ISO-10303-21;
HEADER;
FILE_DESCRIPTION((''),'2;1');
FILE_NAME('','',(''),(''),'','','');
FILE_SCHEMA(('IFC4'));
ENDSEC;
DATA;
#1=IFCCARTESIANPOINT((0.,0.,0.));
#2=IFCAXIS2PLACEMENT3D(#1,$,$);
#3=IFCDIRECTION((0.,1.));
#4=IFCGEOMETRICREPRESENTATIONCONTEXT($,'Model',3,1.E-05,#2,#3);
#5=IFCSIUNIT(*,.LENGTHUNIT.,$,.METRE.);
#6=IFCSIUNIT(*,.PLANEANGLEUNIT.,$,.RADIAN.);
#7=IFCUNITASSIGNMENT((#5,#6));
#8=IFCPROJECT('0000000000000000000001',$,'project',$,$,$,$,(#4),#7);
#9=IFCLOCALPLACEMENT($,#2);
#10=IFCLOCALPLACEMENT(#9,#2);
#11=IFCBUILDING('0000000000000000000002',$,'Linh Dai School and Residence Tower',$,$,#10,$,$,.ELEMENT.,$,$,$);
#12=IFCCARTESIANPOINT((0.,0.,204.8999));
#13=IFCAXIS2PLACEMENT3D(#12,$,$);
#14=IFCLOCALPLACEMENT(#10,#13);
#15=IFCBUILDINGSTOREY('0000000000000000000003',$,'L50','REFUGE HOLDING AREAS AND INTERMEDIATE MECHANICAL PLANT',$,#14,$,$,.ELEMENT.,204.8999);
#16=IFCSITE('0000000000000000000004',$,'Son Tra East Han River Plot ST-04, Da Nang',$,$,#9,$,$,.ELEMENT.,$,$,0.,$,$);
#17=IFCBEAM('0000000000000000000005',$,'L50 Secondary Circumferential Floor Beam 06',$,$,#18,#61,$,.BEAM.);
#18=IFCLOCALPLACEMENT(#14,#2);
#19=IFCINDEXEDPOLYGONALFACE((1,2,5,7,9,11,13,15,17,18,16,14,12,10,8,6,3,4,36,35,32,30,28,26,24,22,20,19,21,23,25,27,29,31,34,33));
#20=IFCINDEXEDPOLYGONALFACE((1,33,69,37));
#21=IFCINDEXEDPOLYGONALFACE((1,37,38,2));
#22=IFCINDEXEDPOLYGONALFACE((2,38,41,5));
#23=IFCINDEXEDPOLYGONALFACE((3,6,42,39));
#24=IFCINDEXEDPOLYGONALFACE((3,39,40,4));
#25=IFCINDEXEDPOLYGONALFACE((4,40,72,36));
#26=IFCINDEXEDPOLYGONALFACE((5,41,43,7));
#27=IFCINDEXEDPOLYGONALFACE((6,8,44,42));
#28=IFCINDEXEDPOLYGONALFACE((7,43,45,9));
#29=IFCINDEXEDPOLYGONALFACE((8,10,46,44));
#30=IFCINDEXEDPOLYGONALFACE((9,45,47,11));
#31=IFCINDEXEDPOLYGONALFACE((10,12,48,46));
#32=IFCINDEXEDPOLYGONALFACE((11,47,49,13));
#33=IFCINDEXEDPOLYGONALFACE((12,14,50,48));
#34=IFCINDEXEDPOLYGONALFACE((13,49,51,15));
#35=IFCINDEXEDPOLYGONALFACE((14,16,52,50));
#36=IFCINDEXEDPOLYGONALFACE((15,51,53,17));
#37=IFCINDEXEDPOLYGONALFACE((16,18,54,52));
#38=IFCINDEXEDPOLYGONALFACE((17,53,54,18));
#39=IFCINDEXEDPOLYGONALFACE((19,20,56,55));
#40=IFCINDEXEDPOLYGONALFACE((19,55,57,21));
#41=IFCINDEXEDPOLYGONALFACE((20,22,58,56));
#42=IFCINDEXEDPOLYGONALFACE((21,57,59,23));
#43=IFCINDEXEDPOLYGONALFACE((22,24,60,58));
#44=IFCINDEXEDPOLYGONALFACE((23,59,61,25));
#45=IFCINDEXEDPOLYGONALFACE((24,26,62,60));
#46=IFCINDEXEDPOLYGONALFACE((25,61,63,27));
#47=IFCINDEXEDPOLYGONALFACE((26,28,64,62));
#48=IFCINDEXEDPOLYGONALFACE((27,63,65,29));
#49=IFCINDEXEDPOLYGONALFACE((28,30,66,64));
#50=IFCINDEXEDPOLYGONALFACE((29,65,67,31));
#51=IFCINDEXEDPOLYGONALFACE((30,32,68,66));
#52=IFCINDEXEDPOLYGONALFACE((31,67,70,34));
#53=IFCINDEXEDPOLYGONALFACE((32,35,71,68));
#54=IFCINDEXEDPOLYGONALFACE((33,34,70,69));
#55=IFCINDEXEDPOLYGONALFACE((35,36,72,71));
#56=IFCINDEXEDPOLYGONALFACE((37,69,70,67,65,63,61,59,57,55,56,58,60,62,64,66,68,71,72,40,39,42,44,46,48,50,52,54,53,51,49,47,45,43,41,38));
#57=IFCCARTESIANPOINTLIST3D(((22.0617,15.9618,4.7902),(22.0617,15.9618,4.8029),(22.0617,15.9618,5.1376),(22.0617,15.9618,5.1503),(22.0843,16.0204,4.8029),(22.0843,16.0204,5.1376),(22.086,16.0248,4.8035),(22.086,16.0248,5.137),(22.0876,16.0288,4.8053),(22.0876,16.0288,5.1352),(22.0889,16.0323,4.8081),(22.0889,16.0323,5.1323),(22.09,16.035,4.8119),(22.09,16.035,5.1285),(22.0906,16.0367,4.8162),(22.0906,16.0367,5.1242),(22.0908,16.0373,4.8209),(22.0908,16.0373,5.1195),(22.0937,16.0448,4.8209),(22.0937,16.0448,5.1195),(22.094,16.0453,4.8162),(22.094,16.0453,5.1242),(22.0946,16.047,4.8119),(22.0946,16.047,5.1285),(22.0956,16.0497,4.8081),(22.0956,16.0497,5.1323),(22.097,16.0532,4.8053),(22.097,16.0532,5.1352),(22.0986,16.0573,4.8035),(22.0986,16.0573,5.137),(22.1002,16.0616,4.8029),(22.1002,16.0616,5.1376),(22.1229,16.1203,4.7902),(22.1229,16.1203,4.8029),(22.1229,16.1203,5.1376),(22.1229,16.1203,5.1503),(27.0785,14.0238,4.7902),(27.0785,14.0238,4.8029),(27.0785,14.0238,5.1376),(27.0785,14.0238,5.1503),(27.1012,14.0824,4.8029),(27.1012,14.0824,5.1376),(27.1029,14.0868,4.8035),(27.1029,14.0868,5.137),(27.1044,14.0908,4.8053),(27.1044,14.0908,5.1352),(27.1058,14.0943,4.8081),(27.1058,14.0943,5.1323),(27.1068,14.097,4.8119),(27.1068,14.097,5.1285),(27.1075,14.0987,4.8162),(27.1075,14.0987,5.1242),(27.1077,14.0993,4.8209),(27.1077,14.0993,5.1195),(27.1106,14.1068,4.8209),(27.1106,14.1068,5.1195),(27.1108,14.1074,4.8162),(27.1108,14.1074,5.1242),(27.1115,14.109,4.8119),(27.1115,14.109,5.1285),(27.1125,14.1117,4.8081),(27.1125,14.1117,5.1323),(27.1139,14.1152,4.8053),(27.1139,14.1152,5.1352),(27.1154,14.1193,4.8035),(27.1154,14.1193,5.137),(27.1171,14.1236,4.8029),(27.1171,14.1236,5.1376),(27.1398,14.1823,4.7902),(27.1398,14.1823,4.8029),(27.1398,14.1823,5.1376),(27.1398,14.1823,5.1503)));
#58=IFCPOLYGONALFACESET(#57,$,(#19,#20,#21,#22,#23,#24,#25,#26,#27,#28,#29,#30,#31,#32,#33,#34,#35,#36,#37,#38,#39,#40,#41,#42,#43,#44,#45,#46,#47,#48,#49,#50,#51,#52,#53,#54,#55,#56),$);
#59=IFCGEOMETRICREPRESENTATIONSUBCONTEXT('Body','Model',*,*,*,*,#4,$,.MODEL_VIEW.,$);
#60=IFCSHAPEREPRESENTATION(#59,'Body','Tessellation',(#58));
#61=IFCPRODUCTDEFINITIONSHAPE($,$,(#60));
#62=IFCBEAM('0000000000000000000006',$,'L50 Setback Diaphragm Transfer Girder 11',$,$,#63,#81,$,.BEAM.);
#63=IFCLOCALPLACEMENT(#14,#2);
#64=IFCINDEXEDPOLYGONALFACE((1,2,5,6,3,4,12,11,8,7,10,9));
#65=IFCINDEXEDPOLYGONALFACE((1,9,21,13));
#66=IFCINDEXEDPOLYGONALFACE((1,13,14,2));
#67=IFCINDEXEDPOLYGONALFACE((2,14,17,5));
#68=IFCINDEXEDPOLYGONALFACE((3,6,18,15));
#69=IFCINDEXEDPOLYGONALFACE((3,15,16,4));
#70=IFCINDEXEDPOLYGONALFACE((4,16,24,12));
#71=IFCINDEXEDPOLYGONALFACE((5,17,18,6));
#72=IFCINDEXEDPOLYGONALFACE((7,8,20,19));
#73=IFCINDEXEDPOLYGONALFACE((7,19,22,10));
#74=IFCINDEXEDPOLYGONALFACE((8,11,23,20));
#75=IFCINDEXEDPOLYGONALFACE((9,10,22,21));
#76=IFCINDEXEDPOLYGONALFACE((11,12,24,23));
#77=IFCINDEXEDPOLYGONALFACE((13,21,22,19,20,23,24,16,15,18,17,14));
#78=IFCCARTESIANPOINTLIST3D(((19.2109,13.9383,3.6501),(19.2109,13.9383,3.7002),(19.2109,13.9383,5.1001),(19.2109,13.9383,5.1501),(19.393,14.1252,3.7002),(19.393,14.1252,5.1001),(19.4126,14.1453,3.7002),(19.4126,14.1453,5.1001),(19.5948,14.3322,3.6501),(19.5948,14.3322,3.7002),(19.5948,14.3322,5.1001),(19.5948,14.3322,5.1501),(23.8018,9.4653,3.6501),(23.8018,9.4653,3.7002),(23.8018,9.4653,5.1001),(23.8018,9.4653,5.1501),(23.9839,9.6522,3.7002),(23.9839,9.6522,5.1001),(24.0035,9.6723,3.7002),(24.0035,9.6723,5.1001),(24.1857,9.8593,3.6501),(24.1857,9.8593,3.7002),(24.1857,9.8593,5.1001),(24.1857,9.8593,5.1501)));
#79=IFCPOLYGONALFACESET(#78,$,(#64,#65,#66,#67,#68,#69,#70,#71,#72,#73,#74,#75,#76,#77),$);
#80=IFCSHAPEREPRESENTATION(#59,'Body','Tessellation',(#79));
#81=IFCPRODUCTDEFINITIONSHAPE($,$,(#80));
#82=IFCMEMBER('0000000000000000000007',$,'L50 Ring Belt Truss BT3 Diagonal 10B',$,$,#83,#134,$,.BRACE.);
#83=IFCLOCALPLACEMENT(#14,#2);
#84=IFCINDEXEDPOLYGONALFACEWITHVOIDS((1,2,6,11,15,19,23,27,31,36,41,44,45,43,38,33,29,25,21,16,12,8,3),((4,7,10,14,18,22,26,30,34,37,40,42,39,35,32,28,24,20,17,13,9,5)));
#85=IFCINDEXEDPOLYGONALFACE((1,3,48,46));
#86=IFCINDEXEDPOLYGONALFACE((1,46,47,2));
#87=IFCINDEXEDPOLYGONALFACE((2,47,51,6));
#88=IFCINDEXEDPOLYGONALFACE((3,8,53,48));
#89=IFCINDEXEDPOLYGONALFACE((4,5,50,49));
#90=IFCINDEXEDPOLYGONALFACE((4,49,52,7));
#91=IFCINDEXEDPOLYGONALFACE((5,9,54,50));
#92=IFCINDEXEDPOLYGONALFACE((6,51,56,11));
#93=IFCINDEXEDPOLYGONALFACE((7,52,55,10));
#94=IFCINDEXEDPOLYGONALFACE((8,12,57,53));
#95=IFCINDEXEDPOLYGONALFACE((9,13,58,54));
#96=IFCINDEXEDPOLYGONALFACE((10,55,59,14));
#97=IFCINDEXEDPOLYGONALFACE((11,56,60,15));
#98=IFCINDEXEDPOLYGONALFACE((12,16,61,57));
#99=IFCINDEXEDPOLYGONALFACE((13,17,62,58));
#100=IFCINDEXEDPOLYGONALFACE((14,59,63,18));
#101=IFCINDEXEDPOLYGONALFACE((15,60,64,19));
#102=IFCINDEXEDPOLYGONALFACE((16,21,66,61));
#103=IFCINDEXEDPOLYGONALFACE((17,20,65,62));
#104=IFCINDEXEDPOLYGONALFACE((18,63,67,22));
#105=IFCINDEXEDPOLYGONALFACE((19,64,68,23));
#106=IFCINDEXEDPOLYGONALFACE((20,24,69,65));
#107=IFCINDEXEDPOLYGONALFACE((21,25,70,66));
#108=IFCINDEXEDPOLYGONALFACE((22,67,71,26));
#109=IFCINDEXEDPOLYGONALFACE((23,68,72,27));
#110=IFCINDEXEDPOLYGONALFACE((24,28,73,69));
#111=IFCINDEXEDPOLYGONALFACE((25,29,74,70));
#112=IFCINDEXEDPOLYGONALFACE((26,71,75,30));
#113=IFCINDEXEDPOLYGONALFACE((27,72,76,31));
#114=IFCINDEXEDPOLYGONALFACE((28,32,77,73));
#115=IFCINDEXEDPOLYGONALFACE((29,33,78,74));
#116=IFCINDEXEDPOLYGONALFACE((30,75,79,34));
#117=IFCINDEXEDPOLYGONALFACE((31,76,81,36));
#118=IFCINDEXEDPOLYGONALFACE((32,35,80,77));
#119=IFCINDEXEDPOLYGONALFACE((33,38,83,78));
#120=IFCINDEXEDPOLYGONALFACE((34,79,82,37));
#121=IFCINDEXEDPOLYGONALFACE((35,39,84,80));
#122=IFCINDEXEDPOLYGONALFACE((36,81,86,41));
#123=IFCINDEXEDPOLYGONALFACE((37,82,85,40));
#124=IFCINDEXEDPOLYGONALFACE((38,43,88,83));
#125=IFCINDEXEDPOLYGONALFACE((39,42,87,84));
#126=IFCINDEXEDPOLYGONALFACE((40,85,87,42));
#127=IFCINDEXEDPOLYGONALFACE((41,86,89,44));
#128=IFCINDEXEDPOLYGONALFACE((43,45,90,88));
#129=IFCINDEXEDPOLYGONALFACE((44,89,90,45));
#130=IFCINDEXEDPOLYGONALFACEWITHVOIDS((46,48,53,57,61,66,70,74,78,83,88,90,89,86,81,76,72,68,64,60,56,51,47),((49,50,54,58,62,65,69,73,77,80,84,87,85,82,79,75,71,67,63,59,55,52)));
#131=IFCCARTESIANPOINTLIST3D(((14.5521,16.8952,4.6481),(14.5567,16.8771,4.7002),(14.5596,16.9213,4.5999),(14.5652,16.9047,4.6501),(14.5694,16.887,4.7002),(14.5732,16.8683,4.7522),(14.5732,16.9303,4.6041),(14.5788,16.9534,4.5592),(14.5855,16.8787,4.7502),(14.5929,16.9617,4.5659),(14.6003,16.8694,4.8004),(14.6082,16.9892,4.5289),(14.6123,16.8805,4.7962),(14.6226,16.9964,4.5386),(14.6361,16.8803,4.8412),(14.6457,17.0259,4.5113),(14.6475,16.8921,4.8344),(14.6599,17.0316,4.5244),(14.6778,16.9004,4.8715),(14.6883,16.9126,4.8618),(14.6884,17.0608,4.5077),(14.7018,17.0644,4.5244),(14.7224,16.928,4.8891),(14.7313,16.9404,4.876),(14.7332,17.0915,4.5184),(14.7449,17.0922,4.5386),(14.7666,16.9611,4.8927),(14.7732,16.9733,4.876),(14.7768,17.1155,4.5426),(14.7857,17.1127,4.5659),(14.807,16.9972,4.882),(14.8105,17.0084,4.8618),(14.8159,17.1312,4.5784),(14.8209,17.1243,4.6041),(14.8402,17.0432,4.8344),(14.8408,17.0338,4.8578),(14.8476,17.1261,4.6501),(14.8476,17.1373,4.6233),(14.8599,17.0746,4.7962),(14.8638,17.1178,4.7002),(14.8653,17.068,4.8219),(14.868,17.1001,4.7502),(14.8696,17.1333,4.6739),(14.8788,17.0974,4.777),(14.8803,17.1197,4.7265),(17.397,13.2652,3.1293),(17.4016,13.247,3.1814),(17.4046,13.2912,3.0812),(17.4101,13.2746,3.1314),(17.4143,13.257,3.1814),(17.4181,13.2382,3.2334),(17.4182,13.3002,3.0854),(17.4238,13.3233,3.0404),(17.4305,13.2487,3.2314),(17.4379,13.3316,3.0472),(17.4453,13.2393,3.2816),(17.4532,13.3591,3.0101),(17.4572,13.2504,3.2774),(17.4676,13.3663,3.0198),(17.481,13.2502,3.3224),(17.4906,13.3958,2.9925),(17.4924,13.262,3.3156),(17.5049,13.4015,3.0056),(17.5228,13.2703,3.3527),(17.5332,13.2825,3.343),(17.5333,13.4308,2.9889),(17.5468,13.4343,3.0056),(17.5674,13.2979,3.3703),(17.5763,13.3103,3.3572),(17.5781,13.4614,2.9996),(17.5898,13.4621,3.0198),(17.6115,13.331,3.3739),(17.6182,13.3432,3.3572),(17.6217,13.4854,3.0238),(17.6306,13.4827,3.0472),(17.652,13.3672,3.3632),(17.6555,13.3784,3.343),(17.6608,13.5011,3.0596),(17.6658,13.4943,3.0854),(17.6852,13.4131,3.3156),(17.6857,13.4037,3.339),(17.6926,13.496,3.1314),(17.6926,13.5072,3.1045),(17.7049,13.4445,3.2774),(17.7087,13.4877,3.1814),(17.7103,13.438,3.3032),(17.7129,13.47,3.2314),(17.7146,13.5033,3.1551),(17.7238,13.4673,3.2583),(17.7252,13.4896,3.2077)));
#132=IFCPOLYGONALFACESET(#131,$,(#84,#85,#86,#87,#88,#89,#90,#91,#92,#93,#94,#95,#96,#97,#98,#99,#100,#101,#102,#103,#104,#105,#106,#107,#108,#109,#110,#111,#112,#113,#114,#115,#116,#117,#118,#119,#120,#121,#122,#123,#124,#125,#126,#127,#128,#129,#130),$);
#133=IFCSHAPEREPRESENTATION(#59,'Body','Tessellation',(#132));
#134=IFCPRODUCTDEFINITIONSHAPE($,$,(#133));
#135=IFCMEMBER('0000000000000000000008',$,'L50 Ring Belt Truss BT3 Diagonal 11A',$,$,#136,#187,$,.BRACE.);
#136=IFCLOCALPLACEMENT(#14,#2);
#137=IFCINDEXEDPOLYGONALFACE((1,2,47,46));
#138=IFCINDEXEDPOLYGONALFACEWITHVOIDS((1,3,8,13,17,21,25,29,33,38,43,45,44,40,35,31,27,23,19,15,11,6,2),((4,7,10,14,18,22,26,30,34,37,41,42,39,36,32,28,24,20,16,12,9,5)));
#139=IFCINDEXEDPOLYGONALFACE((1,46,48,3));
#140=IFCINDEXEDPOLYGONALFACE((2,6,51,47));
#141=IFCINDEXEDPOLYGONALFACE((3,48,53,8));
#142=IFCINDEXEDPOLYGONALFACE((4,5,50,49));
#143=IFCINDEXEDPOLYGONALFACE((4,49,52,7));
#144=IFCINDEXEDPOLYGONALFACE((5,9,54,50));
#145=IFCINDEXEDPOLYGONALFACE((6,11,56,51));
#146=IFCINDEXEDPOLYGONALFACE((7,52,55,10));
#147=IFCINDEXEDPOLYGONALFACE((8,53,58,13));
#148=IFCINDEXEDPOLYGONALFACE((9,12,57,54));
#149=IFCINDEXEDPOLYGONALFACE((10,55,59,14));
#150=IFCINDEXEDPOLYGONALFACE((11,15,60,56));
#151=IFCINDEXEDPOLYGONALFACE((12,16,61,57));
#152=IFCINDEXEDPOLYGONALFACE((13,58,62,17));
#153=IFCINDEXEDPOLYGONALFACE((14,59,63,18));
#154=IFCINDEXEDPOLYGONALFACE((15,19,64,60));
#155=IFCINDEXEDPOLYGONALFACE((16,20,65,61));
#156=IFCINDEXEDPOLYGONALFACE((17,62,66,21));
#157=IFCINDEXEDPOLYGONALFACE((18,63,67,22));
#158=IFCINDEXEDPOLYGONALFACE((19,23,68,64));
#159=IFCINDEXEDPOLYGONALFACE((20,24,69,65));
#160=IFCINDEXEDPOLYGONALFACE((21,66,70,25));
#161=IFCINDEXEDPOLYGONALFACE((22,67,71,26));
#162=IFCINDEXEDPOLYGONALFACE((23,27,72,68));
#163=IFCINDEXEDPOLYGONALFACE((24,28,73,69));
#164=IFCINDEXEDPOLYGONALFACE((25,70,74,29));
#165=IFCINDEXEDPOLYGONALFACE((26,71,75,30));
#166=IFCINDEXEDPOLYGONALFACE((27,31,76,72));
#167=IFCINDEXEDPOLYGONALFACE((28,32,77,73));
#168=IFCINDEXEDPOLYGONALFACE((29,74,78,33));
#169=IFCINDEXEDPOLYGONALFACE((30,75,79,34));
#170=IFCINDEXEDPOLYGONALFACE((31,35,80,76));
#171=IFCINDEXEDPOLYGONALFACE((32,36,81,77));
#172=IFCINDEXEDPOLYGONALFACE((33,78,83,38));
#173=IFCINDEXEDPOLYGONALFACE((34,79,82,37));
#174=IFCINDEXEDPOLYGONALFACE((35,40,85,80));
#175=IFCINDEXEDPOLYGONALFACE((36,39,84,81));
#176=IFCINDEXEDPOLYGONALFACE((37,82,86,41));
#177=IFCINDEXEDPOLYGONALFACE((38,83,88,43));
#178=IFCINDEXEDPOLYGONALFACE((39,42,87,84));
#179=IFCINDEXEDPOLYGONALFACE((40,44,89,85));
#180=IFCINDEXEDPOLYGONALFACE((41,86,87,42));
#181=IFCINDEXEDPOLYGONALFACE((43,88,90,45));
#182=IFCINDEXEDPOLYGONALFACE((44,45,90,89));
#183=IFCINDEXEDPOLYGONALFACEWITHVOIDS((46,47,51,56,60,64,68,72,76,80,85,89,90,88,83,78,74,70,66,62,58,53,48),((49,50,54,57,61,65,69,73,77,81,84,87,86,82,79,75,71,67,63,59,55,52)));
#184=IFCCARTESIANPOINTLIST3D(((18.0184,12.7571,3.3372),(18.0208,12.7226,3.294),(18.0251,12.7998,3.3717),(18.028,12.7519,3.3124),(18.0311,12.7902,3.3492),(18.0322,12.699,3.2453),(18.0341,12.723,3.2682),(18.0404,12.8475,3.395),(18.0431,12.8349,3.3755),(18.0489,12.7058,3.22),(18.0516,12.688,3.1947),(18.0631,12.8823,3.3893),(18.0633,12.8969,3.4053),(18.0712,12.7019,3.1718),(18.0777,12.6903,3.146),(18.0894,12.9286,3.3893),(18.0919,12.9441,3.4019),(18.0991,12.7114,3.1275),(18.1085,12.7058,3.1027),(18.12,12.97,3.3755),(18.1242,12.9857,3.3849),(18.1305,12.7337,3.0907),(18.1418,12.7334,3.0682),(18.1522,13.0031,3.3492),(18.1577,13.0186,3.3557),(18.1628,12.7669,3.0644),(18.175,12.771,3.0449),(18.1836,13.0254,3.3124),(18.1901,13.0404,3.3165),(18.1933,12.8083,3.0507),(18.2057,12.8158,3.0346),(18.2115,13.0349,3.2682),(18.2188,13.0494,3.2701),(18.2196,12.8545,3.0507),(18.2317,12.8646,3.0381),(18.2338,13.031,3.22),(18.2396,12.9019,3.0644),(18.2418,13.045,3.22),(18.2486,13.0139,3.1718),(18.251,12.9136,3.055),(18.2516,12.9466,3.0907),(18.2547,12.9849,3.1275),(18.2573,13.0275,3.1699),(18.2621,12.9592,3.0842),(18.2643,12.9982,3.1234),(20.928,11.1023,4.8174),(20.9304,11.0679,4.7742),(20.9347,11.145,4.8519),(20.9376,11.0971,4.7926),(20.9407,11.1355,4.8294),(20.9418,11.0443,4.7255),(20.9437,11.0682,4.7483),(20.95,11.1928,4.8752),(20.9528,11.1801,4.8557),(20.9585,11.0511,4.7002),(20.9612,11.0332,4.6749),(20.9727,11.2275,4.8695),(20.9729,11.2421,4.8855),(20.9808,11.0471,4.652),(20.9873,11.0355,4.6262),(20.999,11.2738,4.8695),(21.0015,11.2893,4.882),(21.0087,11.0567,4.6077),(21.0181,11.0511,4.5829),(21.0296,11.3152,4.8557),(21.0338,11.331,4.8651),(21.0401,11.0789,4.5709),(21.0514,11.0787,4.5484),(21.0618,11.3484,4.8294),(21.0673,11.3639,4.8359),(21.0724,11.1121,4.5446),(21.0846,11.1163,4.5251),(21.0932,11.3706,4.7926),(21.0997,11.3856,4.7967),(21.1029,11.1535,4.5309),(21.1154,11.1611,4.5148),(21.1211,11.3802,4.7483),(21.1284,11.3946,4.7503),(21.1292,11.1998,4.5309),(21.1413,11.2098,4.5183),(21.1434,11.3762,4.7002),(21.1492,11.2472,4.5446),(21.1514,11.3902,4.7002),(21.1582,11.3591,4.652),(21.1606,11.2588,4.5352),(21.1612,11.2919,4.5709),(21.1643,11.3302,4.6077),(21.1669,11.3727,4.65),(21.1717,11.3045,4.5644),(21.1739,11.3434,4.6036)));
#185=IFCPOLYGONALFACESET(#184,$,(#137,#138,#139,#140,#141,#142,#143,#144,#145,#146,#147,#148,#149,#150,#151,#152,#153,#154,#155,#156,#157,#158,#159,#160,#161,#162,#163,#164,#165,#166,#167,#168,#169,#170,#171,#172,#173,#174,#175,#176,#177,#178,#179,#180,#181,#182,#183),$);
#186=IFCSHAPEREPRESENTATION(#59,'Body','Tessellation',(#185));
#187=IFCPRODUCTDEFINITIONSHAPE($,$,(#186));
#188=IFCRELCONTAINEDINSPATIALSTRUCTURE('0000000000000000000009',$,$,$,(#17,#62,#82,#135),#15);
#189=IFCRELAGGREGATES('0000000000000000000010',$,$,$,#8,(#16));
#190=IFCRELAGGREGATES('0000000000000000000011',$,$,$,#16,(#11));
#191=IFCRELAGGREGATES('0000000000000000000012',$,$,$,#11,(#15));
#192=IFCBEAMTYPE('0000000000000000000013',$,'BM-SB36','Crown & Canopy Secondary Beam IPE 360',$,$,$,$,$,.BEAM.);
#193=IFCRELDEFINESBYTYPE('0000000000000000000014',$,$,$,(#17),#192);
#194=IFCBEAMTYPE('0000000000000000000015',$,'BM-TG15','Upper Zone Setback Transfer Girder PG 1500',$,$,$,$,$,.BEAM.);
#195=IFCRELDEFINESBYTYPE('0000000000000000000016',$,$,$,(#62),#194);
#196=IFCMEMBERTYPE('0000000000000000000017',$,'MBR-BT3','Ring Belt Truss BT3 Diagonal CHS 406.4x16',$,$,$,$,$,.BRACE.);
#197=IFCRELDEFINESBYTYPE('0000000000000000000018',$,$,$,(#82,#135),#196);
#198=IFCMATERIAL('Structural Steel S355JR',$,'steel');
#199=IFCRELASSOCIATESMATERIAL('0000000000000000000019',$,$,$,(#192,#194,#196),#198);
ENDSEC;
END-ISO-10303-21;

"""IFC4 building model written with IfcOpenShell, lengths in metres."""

from ifc_helpers import new_model, si_unit, direction, frame, origin, origin_2d, place, context, subcontext, project, spatial, hollow_circle, i_section, extrude, material, material_profile, profile_set, type_object, element, save


model = new_model("IFC4")

# Units and contexts
model_context = context("Model", 3, precision=1e-05, world=origin(), true_north=direction((0.0, 1.0)))
body_context = subcontext(model_context, "Body", "Model", "MODEL_VIEW")
ifc_project = project(units=[si_unit("LENGTHUNIT", "METRE"), si_unit("PLANEANGLEUNIT", "RADIAN")], contexts=[model_context])

# Site, building, storey
site_placement = place(None, origin())
site = spatial("IfcSite", under=ifc_project, at=site_placement, Name="Son Tra East Han River Plot ST-04, Da Nang", CompositionType="ELEMENT", RefElevation=0.0)
building_placement = place(site_placement, origin())
building = spatial("IfcBuilding", under=site, at=building_placement, Name="Linh Dai School and Residence Tower", CompositionType="ELEMENT")
storey_placement = place(building_placement, frame((0.0, 0.0, 204.8999)))
storey = spatial("IfcBuildingStorey", under=building, at=storey_placement, Name="L50", Description="REFUGE HOLDING AREAS AND INTERMEDIATE MECHANICAL PLANT", CompositionType="ELEMENT", Elevation=204.8999)

# Shared definitions
ifc_material_1 = material(Name="Structural Steel S355JR", Category="steel")

# Beams
ifc_material_profile_1 = material_profile(ifc_material_1, i_section(OverallWidth=0.1699, OverallDepth=0.3601, WebThickness=0.0081, FlangeThickness=0.0127, FilletRadius=0.0181, at=origin_2d()), Name="IPE 360")
ifc_profile_set_1 = profile_set([ifc_material_profile_1], Name="Structural Steel S355JR")
beam_type_1 = type_object("IfcBeamType", Name="BM-SB36", Description="Crown & Canopy Secondary Beam IPE 360", PredefinedType="BEAM", material=ifc_profile_set_1)
beam_1_placement = place(storey_placement, frame((22.0923, 16.041, 4.9702), z_axis=(0.932819, -0.360345, 0.0), x_axis=(0.360345, 0.932819, 0.0)))
element("IfcBeam", 1, at=beam_1_placement, inside=storey, type_object=beam_type_1, Name="L50 Secondary Circumferential Floor Beam 06", PredefinedType="BEAM", context=body_context, shape_type="SweptSolid", body=[
    extrude(i_section(OverallWidth=0.1699, OverallDepth=0.3601, WebThickness=0.0081, FlangeThickness=0.0127, FilletRadius=0.0181, at=origin_2d()), origin(), (0.0, 0.0, 1.0), 5.3782),
])
ifc_material_profile_2 = material_profile(ifc_material_1, i_section(OverallWidth=0.55, OverallDepth=1.5, WebThickness=0.0281, FlangeThickness=0.05, at=origin_2d()), Name="PG 1500x550x28x50")
ifc_profile_set_2 = profile_set([ifc_material_profile_2], Name="Structural Steel S355JR")
beam_type_2 = type_object("IfcBeamType", Name="BM-TG15", Description="Upper Zone Setback Transfer Girder PG 1500", PredefinedType="BEAM", material=ifc_profile_set_2)
beam_2_placement = place(storey_placement, frame((19.4028, 14.1353, 4.4001), z_axis=(0.716246, -0.697848, 0.0), x_axis=(0.697848, 0.716246, 0.0)))
element("IfcBeam", 2, at=beam_2_placement, inside=storey, type_object=beam_type_2, Name="L50 Setback Diaphragm Transfer Girder 11", PredefinedType="BEAM", context=body_context, shape_type="SweptSolid", body=[
    extrude(i_section(OverallWidth=0.55, OverallDepth=1.5, WebThickness=0.0281, FlangeThickness=0.05, at=origin_2d()), origin(), (0.0, 0.0, 1.0), 6.4097),
])

# Members
ifc_material_profile_3 = material_profile(ifc_material_1, hollow_circle(Radius=0.2031, WallThickness=0.0161, at=origin_2d()), Name="CHS 406.4x16")
ifc_profile_set_3 = profile_set([ifc_material_profile_3], Name="Structural Steel S355JR")
member_type_1 = type_object("IfcMemberType", Name="MBR-BT3", Description="Ring Belt Truss BT3 Diagonal CHS 406.4x16", PredefinedType="BRACE", material=ifc_profile_set_3)
member_1_placement = place(storey_placement, frame((17.5615, 13.3723, 3.1814), z_axis=(-0.585896, 0.747592, 0.312783), x_axis=(-0.787084, -0.616846, 0.0)))
element("IfcMember", 3, at=member_1_placement, inside=storey, type_object=member_type_1, Name="L50 Ring Belt Truss BT3 Diagonal 10B", PredefinedType="BRACE", context=body_context, shape_type="SweptSolid", body=[
    extrude(hollow_circle(Radius=0.2031, WallThickness=0.0161, at=origin_2d()), origin(), (0.0, 0.0, 1.0), 4.8557),
])
member_2_placement = place(storey_placement, frame((18.1414, 12.8684, 3.22), z_axis=(0.794993, -0.452128, 0.404434), x_axis=(0.494363, 0.869256, 0.0)))
element("IfcMember", 4, at=member_2_placement, inside=storey, type_object=member_type_1, Name="L50 Ring Belt Truss BT3 Diagonal 11A", PredefinedType="BRACE", context=body_context, shape_type="SweptSolid", body=[
    extrude(hollow_circle(Radius=0.2031, WallThickness=0.0161, at=origin_2d()), origin(), (0.0, 0.0, 1.0), 3.6599),
])

save(model, "model.ifc")
